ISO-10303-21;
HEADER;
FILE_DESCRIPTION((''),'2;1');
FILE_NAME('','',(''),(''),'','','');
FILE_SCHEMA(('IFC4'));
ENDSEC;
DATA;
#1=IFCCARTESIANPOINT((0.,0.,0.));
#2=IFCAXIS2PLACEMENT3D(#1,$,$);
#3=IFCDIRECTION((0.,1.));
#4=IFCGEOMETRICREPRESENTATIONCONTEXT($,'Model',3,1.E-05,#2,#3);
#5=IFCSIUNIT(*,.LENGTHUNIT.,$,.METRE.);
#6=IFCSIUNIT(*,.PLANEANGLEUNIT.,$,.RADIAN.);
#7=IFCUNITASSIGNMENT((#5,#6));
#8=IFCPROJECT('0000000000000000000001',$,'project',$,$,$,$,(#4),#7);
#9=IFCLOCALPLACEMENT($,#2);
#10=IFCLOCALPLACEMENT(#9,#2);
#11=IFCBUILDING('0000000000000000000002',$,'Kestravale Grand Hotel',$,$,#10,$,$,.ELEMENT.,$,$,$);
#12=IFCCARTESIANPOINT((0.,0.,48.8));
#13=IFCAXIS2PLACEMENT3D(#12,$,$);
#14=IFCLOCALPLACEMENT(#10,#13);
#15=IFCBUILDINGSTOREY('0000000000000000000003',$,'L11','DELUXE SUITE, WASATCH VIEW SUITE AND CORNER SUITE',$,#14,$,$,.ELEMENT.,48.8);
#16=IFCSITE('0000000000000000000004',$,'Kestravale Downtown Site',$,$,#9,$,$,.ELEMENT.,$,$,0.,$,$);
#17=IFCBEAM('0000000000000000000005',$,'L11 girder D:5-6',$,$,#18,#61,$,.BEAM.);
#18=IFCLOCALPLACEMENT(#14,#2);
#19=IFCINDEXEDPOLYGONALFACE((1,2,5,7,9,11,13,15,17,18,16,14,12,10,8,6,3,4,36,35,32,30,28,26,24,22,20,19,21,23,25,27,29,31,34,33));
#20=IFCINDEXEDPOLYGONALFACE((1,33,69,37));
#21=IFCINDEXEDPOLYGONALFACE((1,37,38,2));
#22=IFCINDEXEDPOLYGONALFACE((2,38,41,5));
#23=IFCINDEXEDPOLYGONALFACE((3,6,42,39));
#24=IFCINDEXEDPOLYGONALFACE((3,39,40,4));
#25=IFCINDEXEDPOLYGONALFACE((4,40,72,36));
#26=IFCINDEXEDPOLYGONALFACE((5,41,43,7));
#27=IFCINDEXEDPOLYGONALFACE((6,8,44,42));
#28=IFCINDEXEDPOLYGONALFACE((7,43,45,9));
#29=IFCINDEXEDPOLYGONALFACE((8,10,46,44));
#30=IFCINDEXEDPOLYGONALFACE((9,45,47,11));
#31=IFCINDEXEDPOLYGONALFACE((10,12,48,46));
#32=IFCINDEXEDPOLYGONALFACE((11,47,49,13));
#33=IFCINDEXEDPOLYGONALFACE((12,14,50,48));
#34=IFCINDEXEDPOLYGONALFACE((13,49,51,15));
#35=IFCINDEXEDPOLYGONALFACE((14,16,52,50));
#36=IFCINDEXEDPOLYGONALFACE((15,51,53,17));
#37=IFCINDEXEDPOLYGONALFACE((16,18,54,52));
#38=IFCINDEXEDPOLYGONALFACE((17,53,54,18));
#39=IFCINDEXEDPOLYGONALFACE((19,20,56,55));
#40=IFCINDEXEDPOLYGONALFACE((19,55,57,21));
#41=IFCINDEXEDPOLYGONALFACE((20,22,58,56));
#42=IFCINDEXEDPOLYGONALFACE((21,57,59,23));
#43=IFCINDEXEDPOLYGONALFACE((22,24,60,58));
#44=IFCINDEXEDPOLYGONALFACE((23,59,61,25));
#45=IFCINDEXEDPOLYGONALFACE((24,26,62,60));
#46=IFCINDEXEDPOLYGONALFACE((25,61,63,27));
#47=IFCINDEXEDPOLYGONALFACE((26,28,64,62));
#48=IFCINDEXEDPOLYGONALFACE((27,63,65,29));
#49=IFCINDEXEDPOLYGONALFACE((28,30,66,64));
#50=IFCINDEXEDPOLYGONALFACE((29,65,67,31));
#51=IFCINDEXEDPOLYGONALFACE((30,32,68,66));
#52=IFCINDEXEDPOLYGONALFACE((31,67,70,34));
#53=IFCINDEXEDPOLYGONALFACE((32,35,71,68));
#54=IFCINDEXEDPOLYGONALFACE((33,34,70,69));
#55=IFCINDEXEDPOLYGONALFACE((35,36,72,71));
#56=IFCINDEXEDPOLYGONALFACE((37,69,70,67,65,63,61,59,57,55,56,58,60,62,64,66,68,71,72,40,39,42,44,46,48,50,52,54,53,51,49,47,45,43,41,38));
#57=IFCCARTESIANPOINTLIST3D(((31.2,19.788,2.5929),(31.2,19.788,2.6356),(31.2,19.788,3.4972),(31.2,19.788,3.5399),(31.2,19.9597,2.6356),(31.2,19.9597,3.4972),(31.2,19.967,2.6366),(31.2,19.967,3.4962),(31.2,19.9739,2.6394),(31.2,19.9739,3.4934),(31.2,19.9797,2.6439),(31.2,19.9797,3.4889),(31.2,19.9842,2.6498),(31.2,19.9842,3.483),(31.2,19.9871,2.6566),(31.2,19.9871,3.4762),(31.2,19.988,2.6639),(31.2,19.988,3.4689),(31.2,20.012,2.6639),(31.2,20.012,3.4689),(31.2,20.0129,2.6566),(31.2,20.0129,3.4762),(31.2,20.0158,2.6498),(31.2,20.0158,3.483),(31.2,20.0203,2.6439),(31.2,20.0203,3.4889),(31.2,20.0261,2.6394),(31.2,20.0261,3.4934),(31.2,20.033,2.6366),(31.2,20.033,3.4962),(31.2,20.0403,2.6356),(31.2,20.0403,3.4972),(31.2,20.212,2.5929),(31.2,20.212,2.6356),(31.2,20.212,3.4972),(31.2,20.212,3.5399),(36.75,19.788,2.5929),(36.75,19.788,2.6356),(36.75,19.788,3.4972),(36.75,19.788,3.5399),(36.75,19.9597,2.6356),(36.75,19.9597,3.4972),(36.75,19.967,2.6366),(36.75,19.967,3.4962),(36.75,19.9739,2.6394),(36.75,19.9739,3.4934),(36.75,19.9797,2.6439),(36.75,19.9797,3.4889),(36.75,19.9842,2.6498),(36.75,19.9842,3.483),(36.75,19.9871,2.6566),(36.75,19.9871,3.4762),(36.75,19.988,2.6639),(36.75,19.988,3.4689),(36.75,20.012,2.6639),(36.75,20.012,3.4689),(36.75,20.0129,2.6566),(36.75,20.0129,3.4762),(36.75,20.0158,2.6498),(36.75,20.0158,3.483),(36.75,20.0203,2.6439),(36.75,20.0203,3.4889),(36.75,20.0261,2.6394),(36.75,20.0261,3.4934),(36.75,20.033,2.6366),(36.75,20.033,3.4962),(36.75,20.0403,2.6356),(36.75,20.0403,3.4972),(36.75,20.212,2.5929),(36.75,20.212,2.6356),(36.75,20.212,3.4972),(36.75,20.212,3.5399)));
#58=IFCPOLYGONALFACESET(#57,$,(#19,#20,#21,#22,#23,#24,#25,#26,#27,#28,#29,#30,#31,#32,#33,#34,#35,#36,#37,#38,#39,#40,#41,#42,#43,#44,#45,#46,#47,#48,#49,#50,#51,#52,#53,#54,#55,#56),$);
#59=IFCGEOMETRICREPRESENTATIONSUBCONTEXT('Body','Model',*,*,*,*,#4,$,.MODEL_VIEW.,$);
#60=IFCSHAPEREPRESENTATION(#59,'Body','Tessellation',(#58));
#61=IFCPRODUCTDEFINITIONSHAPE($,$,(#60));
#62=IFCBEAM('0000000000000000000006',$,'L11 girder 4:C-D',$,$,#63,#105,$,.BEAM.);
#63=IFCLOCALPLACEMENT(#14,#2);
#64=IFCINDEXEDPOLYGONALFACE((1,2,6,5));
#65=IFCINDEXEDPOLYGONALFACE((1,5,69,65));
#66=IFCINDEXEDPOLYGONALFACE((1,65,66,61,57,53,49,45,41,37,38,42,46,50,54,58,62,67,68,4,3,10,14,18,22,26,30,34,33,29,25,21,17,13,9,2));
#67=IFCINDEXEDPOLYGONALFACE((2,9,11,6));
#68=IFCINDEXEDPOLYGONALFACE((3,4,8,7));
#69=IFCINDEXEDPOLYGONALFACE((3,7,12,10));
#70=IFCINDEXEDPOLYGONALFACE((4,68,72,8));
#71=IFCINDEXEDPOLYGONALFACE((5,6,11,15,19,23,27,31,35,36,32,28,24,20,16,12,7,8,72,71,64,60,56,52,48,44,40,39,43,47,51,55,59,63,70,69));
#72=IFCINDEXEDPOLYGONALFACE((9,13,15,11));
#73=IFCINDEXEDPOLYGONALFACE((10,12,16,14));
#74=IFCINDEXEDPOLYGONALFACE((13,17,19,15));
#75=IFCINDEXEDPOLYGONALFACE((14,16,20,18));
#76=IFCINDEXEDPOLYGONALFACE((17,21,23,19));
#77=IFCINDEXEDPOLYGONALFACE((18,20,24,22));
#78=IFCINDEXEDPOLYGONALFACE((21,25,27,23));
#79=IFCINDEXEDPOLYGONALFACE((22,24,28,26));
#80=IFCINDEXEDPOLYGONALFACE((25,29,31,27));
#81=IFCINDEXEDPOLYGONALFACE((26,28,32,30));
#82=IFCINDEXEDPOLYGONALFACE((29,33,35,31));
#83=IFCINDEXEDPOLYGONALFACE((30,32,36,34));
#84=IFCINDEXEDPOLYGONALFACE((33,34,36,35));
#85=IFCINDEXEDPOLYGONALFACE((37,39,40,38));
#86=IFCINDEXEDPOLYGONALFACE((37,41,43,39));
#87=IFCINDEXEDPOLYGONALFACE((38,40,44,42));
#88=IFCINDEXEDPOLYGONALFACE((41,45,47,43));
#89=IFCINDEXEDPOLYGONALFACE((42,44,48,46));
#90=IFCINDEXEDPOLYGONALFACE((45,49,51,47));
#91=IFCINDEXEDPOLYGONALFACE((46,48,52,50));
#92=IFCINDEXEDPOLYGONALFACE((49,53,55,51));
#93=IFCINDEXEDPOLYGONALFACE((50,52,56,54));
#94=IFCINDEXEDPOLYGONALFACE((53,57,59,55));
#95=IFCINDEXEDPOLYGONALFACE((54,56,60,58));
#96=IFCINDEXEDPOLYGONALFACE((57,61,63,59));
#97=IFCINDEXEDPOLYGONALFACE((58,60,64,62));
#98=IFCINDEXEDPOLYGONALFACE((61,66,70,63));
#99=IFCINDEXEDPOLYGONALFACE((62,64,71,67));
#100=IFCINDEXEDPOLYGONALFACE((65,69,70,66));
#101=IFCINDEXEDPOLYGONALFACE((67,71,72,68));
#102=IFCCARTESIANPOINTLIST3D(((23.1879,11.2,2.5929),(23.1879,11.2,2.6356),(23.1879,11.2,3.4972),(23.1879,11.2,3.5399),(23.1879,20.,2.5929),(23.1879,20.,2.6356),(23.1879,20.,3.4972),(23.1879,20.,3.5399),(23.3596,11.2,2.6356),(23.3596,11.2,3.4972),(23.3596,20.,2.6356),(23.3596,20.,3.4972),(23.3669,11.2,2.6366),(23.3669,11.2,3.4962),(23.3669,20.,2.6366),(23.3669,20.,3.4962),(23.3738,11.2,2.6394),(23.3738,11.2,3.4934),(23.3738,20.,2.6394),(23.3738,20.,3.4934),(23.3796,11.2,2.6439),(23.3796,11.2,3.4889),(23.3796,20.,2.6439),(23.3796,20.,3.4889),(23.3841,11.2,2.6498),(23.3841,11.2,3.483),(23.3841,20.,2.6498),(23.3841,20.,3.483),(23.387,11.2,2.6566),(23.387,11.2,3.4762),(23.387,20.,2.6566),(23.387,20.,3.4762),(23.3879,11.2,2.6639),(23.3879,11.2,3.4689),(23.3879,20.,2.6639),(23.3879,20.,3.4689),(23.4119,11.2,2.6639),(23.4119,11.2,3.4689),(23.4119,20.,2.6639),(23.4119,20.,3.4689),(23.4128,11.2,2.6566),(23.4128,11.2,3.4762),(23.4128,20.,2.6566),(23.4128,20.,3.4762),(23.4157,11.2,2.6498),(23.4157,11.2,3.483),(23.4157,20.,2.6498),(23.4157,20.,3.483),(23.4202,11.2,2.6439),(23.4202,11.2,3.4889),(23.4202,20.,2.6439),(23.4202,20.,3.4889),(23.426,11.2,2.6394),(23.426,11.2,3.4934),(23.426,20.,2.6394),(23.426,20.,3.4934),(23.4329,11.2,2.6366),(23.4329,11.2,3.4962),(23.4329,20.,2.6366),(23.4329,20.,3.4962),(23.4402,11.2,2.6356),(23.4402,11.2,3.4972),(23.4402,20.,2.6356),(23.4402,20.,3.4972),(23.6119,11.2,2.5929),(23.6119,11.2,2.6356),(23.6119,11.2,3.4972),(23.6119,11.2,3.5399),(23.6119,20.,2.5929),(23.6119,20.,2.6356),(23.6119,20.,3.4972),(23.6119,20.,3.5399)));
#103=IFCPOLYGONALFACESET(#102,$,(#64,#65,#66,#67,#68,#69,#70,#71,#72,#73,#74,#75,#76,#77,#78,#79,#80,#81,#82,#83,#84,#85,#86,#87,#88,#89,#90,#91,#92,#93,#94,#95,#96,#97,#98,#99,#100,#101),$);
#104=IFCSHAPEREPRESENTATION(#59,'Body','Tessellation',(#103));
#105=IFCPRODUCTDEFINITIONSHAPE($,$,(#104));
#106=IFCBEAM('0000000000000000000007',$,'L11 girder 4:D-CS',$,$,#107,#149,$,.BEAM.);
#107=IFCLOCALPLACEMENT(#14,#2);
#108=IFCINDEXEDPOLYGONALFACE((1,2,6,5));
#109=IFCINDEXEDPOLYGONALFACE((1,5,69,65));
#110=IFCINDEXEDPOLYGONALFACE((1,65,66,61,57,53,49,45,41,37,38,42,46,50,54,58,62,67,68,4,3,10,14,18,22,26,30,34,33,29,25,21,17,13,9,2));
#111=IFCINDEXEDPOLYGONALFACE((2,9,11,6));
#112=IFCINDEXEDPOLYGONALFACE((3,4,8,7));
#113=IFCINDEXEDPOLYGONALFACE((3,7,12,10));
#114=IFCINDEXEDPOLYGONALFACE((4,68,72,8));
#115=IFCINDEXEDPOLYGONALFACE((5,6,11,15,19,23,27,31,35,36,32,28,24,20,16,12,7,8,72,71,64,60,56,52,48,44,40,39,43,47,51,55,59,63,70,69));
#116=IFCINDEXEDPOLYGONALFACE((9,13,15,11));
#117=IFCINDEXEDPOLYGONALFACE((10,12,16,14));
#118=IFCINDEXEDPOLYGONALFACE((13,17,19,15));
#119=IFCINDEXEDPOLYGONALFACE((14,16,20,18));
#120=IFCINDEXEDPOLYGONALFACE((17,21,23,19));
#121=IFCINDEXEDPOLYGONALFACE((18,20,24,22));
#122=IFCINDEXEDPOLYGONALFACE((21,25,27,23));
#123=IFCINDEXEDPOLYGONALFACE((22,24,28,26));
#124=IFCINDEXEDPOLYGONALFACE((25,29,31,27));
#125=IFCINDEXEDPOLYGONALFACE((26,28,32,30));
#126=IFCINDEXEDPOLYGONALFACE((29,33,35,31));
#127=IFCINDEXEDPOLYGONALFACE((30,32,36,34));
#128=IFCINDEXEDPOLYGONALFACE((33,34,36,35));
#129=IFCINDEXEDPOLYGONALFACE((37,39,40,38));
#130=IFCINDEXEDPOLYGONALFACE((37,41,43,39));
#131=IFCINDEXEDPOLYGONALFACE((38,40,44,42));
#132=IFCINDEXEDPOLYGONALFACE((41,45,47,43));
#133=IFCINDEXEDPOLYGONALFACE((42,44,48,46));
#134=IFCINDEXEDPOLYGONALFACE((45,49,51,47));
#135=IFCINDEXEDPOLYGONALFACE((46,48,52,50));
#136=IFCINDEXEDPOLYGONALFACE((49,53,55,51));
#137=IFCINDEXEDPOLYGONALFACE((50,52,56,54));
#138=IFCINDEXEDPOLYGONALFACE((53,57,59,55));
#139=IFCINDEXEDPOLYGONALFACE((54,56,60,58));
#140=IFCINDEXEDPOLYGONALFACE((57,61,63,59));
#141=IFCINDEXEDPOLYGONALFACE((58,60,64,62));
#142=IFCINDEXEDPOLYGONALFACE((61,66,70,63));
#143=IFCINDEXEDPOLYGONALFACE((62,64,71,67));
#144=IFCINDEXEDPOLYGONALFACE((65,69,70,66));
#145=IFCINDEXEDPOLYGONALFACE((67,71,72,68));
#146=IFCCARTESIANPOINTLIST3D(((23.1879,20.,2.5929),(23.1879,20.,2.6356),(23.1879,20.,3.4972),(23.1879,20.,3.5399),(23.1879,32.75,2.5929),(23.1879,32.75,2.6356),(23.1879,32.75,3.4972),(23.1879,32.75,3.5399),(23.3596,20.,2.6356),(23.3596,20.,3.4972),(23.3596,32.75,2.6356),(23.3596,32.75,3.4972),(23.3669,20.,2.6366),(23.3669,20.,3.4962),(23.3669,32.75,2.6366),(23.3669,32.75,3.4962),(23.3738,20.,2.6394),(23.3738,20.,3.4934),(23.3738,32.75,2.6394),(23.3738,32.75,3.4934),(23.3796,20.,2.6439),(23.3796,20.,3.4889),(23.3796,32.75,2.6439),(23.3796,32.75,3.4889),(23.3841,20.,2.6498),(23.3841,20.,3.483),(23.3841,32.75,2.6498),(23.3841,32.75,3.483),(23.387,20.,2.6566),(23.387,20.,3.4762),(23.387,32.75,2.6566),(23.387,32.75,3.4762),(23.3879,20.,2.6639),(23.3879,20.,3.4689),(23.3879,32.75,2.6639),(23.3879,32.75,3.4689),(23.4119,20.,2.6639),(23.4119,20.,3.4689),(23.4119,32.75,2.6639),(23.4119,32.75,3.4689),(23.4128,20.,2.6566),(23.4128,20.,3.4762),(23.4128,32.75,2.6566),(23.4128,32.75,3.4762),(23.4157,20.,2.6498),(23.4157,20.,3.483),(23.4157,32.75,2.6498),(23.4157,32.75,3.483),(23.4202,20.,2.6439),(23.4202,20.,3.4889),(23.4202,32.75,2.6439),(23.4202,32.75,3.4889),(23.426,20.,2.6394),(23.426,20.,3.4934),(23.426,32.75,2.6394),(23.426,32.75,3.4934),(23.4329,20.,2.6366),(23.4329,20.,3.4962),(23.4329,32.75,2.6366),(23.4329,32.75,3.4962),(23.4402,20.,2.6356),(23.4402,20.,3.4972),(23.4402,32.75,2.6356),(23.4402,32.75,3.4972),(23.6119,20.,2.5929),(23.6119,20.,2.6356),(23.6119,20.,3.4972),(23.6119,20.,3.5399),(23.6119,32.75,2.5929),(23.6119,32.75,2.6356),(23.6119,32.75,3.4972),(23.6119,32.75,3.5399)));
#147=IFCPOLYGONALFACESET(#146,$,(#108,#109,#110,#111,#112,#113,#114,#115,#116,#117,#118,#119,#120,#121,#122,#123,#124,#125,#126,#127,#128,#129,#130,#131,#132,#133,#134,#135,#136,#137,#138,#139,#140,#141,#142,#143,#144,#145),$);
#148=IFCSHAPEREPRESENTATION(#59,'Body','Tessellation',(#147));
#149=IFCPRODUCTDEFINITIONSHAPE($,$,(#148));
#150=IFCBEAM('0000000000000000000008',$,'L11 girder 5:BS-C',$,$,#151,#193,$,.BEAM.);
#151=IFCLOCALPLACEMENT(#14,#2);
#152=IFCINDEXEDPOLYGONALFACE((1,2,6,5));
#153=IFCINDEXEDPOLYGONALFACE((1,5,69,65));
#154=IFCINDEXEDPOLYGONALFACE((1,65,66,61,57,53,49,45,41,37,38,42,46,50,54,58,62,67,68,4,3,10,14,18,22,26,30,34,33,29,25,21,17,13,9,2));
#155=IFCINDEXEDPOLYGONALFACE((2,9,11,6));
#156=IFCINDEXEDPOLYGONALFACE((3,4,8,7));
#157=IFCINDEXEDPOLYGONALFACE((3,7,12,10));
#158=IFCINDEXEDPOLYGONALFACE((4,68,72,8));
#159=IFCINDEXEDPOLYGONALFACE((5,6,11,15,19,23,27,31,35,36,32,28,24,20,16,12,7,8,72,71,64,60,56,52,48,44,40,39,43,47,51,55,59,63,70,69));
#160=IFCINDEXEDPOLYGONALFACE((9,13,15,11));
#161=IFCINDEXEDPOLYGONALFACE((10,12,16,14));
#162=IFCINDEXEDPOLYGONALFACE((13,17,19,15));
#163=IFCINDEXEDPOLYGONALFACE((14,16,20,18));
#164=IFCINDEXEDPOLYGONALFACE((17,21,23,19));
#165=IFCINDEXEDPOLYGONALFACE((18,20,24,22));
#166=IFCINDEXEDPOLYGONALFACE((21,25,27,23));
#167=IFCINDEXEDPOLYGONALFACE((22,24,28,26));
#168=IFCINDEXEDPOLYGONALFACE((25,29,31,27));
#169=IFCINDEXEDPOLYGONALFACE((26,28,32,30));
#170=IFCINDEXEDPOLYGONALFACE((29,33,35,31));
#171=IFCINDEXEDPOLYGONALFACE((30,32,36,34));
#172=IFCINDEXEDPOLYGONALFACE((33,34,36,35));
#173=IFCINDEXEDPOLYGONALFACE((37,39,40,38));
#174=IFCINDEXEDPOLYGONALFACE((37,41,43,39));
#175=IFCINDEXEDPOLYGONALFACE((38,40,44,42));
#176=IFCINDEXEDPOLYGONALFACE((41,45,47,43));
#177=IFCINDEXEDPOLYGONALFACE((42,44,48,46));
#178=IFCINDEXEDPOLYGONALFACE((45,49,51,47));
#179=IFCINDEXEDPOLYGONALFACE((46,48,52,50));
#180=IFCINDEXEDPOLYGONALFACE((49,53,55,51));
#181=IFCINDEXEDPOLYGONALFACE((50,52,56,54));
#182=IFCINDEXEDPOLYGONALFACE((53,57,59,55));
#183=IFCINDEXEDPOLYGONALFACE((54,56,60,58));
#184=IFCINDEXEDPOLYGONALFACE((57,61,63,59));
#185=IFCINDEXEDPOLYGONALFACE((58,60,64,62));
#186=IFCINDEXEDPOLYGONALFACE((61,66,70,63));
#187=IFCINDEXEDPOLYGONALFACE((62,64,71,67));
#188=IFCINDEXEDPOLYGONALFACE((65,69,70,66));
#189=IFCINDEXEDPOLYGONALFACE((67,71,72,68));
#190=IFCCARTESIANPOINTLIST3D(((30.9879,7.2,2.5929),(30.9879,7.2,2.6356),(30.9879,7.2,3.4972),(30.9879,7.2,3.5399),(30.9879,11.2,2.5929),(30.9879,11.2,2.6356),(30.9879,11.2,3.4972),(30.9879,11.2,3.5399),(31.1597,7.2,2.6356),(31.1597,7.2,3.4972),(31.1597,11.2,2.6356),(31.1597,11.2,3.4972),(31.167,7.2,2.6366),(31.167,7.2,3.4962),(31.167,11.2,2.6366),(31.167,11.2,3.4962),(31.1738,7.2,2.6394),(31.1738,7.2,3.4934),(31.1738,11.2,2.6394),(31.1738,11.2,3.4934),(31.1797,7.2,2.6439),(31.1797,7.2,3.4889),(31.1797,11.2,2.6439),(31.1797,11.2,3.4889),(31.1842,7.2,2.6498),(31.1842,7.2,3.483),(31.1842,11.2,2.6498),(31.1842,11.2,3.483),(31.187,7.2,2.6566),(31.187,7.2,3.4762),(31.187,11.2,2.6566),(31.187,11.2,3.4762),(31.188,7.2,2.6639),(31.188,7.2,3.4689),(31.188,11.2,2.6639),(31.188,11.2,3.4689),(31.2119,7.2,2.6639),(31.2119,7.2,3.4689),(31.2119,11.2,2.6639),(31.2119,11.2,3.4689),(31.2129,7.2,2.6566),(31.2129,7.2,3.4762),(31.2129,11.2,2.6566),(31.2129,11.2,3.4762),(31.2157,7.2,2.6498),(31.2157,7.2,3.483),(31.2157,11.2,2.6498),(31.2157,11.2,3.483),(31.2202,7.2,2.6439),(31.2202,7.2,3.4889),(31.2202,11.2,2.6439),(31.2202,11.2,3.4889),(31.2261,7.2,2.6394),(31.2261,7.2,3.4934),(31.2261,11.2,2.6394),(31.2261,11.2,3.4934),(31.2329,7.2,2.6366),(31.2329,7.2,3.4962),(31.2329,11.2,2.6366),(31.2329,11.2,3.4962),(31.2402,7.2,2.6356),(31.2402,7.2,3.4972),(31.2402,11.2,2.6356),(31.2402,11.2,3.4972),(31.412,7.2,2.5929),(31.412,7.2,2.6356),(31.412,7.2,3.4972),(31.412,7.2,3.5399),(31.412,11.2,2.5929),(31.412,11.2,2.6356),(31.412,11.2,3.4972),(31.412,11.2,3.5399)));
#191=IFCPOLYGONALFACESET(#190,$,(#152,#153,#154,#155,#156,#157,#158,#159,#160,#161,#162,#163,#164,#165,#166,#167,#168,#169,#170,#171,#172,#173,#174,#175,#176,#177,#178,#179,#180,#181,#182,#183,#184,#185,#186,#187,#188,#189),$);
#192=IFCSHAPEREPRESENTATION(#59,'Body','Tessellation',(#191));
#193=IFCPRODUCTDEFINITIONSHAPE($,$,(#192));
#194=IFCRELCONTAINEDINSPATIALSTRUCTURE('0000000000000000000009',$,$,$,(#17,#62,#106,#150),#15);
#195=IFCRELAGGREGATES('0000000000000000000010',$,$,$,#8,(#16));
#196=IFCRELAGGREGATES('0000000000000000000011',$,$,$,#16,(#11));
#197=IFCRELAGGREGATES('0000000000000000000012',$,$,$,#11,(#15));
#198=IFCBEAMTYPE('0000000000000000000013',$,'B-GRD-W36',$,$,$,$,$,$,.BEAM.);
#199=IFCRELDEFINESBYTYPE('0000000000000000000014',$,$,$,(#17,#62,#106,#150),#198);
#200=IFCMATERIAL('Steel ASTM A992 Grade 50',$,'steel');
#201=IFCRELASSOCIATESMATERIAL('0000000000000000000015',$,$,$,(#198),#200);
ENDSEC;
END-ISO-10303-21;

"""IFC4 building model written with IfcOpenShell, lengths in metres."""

from ifc_helpers import new_model, si_unit, direction, frame, origin, origin_2d, place, context, subcontext, project, spatial, i_section, extrude, material, material_profile, profile_set, type_object, element, save


model = new_model("IFC4")

# Units and contexts
model_context = context("Model", 3, precision=1e-05, world=origin(), true_north=direction((0.0, 1.0)))
body_context = subcontext(model_context, "Body", "Model", "MODEL_VIEW")
ifc_project = project(units=[si_unit("LENGTHUNIT", "METRE"), si_unit("PLANEANGLEUNIT", "RADIAN")], contexts=[model_context])

# Site, building, storey
site_placement = place(None, origin())
site = spatial("IfcSite", under=ifc_project, at=site_placement, Name="Kestravale Downtown Site", CompositionType="ELEMENT", RefElevation=0.0)
building_placement = place(site_placement, origin())
building = spatial("IfcBuilding", under=site, at=building_placement, Name="Kestravale Grand Hotel", CompositionType="ELEMENT")
storey_placement = place(building_placement, frame((0.0, 0.0, 48.8)))
storey = spatial("IfcBuildingStorey", under=building, at=storey_placement, Name="L11", Description="DELUXE SUITE, WASATCH VIEW SUITE AND CORNER SUITE", CompositionType="ELEMENT", Elevation=48.8)

# Beams
ifc_material_1 = material(Name="Steel ASTM A992 Grade 50", Category="steel")
ifc_material_profile_1 = material_profile(ifc_material_1, i_section(OverallWidth=0.4241, OverallDepth=0.947, WebThickness=0.0239, FlangeThickness=0.0427, FilletRadius=0.0283, at=origin_2d()))
ifc_profile_set_1 = profile_set([ifc_material_profile_1], Name="Steel ASTM A992 Grade 50")
beam_type_1 = type_object("IfcBeamType", Name="B-GRD-W36", PredefinedType="BEAM", material=ifc_profile_set_1)
beam_1_placement = place(storey_placement, frame((31.2, 20.0, 3.0664), z_axis=(1.0, 0.0, 0.0), x_axis=(0.0, 1.0, 0.0)))
element("IfcBeam", 1, at=beam_1_placement, inside=storey, type_object=beam_type_1, Name="L11 girder D:5-6", PredefinedType="BEAM", context=body_context, shape_type="SweptSolid", body=[
    extrude(i_section(OverallWidth=0.4241, OverallDepth=0.947, WebThickness=0.0239, FlangeThickness=0.0427, FilletRadius=0.0283, at=origin_2d()), origin(), (0.0, 0.0, 1.0), 5.55),
])
beam_2_placement = place(storey_placement, frame((23.3999, 11.2, 3.0664), z_axis=(0.0, 1.0, 0.0), x_axis=(-1.0, 0.0, 0.0)))
element("IfcBeam", 2, at=beam_2_placement, inside=storey, type_object=beam_type_1, Name="L11 girder 4:C-D", PredefinedType="BEAM", context=body_context, shape_type="SweptSolid", body=[
    extrude(i_section(OverallWidth=0.4241, OverallDepth=0.947, WebThickness=0.0239, FlangeThickness=0.0427, FilletRadius=0.0283, at=origin_2d()), origin(), (0.0, 0.0, 1.0), 8.8),
])
beam_3_placement = place(storey_placement, frame((23.3999, 20.0, 3.0664), z_axis=(0.0, 1.0, 0.0), x_axis=(-1.0, 0.0, 0.0)))
element("IfcBeam", 3, at=beam_3_placement, inside=storey, type_object=beam_type_1, Name="L11 girder 4:D-CS", PredefinedType="BEAM", context=body_context, shape_type="SweptSolid", body=[
    extrude(i_section(OverallWidth=0.4241, OverallDepth=0.947, WebThickness=0.0239, FlangeThickness=0.0427, FilletRadius=0.0283, at=origin_2d()), origin(), (0.0, 0.0, 1.0), 12.75),
])
beam_4_placement = place(storey_placement, frame((31.2, 7.2, 3.0664), z_axis=(0.0, 1.0, 0.0), x_axis=(-1.0, 0.0, 0.0)))
element("IfcBeam", 4, at=beam_4_placement, inside=storey, type_object=beam_type_1, Name="L11 girder 5:BS-C", PredefinedType="BEAM", context=body_context, shape_type="SweptSolid", body=[
    extrude(i_section(OverallWidth=0.4241, OverallDepth=0.947, WebThickness=0.0239, FlangeThickness=0.0427, FilletRadius=0.0283, at=origin_2d()), origin(), (0.0, 0.0, 1.0), 4.0),
])

save(model, "model.ifc")
